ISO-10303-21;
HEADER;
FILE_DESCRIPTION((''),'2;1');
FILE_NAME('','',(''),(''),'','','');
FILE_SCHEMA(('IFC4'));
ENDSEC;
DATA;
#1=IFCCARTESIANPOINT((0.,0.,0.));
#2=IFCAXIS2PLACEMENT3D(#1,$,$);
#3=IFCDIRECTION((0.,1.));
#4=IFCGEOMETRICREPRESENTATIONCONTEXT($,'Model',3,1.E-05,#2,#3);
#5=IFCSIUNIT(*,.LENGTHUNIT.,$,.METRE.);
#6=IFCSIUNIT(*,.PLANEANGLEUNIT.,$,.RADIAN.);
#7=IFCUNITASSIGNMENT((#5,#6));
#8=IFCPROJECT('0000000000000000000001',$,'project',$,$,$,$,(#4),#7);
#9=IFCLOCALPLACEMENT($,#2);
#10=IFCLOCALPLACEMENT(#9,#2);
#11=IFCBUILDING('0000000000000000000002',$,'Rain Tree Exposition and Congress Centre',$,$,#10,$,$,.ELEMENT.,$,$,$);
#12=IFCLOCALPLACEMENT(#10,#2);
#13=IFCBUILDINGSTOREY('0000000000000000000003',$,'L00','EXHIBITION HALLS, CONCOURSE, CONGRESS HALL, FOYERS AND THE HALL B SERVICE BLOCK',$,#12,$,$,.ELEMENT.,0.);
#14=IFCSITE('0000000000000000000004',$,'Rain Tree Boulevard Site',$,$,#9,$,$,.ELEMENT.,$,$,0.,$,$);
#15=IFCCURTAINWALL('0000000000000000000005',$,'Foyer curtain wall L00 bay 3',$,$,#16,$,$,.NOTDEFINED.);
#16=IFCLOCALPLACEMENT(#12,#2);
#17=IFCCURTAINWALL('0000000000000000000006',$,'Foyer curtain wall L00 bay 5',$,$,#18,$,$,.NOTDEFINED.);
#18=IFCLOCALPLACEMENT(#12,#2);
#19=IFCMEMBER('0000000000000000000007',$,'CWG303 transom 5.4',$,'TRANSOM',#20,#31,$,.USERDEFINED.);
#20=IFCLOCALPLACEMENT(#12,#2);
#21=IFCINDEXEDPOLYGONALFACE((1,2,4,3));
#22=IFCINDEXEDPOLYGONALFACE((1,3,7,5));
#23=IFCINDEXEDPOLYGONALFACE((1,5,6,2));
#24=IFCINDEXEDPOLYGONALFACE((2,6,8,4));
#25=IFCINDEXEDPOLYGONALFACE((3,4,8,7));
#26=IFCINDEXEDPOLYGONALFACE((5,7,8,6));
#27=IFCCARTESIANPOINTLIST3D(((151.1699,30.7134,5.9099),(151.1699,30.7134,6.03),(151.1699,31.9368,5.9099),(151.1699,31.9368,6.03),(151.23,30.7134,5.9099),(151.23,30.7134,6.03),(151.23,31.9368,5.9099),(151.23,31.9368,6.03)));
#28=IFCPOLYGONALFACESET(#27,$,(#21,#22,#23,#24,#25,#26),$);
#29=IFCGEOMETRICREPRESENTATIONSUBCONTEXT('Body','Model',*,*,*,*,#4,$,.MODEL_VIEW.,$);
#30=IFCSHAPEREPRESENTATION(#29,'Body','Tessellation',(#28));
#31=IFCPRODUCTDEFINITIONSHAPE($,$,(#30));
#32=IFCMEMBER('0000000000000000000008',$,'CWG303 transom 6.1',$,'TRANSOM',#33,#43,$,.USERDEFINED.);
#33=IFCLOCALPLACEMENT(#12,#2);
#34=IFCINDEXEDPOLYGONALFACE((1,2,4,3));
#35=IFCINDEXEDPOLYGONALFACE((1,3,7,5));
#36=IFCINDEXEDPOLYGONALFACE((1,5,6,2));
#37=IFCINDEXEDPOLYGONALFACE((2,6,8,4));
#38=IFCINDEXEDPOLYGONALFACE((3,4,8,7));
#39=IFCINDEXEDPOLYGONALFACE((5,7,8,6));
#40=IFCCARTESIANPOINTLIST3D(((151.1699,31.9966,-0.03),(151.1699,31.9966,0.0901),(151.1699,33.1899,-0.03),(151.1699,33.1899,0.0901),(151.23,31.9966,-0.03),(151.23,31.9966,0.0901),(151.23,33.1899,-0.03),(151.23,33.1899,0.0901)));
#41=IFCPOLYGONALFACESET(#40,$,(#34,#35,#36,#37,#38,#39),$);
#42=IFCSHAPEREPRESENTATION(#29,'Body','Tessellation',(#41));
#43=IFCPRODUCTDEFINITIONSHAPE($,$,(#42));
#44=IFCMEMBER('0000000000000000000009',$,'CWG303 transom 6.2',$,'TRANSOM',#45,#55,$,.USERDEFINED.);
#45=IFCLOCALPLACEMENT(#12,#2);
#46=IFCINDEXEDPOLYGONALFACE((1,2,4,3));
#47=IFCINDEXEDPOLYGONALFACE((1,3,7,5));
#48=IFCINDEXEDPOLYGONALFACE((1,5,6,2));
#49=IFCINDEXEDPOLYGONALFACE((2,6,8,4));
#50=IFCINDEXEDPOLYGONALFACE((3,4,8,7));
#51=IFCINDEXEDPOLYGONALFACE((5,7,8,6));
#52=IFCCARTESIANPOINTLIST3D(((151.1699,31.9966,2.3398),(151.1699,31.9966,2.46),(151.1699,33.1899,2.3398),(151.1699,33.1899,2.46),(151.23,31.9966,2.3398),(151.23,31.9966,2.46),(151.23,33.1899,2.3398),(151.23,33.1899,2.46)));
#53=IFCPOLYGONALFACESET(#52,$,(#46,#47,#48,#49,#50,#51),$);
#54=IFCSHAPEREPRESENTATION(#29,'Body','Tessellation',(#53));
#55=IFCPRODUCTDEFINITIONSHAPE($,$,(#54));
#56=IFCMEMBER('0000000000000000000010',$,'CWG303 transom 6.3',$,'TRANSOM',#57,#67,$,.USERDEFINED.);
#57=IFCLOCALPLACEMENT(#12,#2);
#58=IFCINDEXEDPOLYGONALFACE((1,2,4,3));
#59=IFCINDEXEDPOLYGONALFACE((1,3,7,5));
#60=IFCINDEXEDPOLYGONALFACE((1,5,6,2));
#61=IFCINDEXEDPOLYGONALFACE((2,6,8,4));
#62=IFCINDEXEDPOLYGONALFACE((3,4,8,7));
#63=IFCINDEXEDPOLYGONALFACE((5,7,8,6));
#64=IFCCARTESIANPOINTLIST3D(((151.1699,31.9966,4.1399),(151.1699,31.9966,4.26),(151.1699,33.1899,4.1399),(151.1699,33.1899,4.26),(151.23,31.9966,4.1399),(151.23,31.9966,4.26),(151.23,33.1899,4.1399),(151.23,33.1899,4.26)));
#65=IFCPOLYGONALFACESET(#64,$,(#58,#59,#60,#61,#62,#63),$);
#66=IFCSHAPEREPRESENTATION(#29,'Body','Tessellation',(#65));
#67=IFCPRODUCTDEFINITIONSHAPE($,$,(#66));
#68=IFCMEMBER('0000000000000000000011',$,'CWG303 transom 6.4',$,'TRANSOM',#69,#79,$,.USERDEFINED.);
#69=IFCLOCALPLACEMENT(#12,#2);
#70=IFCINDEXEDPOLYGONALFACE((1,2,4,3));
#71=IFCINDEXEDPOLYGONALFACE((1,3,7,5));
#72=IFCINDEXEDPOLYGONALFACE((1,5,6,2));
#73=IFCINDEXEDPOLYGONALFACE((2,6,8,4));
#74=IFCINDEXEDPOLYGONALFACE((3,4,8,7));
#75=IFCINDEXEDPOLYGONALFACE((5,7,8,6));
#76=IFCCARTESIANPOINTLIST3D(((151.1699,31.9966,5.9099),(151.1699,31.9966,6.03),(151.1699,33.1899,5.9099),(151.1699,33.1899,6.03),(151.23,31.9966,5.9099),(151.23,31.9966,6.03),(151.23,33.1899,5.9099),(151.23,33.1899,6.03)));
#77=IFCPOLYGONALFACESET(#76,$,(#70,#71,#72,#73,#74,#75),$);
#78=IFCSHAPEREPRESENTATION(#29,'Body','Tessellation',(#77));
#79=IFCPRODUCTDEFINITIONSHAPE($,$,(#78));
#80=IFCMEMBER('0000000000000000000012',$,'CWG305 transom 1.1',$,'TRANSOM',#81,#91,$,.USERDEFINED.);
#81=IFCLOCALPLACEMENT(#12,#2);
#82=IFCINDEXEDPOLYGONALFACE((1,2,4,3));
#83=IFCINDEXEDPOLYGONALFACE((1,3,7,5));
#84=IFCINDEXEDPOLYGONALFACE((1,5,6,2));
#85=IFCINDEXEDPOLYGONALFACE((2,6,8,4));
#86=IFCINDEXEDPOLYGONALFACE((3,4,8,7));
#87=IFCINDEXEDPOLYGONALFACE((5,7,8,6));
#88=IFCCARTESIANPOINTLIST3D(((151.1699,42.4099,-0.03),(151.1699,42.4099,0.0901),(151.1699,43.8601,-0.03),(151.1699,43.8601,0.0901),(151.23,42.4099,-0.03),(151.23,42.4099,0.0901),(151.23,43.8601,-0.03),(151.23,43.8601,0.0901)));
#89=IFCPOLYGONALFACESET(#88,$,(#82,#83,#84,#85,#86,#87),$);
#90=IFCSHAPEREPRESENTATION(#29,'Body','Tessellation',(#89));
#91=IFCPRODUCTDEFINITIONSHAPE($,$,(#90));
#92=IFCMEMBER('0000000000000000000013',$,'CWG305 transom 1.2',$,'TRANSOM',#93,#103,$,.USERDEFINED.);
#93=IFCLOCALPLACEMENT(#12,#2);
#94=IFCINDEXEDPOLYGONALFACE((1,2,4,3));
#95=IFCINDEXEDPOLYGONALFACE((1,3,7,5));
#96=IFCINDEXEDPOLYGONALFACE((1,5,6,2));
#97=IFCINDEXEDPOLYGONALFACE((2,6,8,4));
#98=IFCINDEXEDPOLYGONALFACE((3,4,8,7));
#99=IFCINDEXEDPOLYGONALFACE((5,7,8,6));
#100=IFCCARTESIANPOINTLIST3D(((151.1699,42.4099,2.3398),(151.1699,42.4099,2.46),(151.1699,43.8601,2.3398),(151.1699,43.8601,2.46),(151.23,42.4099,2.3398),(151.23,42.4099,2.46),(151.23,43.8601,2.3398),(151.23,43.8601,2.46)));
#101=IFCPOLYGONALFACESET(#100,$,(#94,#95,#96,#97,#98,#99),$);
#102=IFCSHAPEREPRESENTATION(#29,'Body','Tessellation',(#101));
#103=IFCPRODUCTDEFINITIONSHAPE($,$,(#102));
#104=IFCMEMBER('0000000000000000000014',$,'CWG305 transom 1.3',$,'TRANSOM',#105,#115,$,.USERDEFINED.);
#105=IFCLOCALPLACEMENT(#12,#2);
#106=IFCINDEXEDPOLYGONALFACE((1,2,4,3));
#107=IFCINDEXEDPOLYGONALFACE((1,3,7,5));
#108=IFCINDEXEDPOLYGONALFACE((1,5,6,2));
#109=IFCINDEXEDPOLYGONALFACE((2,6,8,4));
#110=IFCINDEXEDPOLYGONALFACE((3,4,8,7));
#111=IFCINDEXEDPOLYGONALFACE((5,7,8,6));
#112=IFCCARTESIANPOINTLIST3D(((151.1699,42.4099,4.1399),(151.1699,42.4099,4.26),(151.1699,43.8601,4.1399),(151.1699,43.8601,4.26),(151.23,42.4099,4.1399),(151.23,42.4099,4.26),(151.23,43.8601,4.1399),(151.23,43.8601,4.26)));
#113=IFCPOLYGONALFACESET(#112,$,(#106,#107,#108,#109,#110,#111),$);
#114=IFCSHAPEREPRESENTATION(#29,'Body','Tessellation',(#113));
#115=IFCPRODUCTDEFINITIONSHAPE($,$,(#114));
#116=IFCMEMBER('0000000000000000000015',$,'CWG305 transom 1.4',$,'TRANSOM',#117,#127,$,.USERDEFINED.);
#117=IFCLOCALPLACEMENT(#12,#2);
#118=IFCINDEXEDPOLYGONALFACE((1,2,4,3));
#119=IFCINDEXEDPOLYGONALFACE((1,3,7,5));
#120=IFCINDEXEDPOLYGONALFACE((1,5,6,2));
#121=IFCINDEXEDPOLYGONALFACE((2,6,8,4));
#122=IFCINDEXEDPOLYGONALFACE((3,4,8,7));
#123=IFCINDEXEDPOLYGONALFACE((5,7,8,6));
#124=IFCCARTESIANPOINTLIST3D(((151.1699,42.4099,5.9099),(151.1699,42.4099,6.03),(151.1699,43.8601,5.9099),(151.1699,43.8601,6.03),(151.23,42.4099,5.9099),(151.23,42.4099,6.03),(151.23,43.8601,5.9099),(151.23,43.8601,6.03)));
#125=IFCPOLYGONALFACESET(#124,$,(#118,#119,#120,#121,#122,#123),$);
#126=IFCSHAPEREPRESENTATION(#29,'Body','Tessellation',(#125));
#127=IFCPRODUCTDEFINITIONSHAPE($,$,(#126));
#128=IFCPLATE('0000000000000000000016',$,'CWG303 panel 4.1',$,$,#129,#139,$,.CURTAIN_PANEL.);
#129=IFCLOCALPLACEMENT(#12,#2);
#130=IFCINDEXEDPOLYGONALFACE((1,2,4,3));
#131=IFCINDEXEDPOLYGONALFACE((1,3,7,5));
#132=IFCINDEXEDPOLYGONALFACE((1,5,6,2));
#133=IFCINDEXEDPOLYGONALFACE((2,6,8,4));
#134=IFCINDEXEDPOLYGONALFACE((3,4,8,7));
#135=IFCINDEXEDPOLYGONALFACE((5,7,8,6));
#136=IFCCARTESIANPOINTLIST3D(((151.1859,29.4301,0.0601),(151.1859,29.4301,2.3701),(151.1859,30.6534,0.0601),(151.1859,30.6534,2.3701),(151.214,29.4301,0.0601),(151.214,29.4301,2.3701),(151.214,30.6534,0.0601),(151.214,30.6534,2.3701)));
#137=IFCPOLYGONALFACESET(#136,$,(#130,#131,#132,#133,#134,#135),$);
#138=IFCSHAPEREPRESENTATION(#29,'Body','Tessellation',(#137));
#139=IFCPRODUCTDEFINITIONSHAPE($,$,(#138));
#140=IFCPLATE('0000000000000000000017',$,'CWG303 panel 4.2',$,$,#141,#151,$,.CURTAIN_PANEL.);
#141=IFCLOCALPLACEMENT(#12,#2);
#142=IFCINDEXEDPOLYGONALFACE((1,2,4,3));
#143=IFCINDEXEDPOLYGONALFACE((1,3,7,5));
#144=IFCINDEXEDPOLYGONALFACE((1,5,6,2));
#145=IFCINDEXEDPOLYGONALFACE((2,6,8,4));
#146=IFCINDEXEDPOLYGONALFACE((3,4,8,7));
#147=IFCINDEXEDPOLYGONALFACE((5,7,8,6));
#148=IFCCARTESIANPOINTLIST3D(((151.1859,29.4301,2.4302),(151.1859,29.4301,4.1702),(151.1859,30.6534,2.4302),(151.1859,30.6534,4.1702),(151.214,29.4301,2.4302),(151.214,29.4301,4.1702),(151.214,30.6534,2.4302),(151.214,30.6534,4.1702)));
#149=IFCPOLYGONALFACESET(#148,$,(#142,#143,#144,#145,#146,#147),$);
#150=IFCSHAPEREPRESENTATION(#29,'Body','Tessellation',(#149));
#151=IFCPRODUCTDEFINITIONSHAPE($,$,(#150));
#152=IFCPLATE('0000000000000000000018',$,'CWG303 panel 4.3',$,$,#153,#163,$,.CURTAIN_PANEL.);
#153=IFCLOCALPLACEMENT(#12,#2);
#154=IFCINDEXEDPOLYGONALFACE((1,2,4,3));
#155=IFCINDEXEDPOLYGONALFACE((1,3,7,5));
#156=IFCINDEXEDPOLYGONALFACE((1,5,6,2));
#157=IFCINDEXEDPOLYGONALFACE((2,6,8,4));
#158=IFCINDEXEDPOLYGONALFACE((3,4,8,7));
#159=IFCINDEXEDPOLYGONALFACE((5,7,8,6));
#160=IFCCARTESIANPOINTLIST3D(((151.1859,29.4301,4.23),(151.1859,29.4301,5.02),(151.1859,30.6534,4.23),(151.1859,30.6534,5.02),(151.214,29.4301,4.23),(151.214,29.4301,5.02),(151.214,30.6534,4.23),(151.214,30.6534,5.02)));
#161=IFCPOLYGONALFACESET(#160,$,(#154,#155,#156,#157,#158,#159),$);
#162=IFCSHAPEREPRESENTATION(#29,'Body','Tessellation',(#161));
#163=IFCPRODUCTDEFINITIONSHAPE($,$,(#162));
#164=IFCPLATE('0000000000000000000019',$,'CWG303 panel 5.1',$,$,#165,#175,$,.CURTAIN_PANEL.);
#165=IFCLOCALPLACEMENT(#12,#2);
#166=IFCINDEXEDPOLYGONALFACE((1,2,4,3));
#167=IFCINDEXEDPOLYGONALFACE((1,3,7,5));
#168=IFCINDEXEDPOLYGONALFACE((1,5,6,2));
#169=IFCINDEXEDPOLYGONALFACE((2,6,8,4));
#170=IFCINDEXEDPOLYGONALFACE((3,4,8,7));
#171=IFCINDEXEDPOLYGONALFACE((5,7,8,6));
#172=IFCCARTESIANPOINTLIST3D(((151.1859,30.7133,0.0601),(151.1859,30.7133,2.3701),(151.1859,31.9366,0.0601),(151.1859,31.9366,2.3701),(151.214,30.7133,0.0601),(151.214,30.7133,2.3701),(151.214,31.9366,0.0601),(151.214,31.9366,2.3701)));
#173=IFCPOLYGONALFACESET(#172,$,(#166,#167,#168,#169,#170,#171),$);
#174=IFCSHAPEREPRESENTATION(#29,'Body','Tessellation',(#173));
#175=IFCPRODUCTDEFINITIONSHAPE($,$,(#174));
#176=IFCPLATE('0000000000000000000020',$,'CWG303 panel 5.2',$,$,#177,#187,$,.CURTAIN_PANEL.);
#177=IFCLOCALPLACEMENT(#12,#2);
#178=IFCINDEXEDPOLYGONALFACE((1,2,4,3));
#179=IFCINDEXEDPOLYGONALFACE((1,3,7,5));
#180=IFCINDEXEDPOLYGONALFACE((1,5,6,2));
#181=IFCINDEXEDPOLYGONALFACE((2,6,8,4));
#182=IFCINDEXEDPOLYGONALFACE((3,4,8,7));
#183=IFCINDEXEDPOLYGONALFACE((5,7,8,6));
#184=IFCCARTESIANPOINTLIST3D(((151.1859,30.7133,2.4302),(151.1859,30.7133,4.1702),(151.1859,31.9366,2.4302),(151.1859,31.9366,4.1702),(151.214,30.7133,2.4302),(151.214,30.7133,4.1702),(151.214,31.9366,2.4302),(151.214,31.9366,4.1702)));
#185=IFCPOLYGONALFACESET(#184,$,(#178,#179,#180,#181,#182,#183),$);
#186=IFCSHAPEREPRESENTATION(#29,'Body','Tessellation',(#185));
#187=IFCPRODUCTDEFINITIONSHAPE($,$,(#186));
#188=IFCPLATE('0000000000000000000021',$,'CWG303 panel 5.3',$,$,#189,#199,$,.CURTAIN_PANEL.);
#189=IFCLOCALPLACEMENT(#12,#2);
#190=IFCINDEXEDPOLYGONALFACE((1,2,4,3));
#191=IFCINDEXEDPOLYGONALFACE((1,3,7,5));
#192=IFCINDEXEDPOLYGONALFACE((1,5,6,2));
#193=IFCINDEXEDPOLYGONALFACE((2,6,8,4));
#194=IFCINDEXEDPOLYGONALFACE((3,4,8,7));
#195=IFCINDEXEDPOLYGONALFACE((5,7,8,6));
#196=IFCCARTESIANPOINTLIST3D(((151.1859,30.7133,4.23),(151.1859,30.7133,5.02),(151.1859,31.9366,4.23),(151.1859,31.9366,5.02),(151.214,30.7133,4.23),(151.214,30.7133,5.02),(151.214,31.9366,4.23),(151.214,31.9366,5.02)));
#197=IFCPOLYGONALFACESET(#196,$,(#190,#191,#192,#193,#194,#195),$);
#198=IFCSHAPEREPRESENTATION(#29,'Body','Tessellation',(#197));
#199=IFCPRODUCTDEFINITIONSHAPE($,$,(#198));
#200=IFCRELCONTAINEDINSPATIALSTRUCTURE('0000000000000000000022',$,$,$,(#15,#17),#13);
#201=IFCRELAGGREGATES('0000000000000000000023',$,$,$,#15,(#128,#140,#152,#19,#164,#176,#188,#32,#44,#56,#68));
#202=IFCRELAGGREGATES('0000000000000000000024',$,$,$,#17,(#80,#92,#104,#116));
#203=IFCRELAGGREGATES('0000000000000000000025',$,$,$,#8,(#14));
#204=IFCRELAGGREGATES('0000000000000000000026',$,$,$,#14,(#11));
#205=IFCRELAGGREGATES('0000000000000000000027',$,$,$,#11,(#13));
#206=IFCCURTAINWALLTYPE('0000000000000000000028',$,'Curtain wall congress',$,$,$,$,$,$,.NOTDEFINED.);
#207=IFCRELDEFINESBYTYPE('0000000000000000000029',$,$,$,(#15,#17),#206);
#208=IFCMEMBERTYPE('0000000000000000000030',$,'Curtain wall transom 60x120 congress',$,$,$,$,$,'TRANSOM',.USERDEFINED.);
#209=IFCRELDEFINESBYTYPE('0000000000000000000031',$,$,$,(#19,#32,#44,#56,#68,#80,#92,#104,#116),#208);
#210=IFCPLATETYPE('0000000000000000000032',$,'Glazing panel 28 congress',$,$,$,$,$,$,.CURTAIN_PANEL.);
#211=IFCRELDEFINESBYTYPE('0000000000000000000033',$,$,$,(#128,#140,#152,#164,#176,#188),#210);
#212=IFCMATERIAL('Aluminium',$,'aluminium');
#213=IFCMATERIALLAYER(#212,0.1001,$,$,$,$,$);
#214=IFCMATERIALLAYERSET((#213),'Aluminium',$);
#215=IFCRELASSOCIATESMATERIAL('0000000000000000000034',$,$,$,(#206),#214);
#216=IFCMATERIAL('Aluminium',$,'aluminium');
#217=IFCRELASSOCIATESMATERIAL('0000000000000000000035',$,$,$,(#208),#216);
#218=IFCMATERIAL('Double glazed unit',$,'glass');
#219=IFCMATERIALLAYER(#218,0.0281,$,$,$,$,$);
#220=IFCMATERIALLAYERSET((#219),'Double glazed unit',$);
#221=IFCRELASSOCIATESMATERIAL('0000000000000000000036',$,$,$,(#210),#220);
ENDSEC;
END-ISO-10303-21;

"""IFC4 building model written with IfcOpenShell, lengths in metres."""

from ifc_helpers import new_model, si_unit, direction, frame, origin, origin_2d, place, context, subcontext, project, spatial, rectangle, extrude, material, layer, layer_set, material_profile, profile_set, type_object, element, aggregate, save


model = new_model("IFC4")

# Units and contexts
model_context = context("Model", 3, precision=1e-05, world=origin(), true_north=direction((0.0, 1.0)))
body_context = subcontext(model_context, "Body", "Model", "MODEL_VIEW")
ifc_project = project(units=[si_unit("LENGTHUNIT", "METRE"), si_unit("PLANEANGLEUNIT", "RADIAN")], contexts=[model_context])

# Site, building, storey
site_placement = place(None, origin())
site = spatial("IfcSite", under=ifc_project, at=site_placement, Name="Rain Tree Boulevard Site", CompositionType="ELEMENT", RefElevation=0.0)
building_placement = place(site_placement, origin())
building = spatial("IfcBuilding", under=site, at=building_placement, Name="Rain Tree Exposition and Congress Centre", CompositionType="ELEMENT")
storey_placement = place(building_placement, origin())
storey = spatial("IfcBuildingStorey", under=building, at=storey_placement, Name="L00", Description="EXHIBITION HALLS, CONCOURSE, CONGRESS HALL, FOYERS AND THE HALL B SERVICE BLOCK", CompositionType="ELEMENT", Elevation=0.0)

# Curtain wall
ifc_material_1 = material(Name="Aluminium", Category="aluminium")
ifc_layer_1 = layer(ifc_material_1, 0.1001)
ifc_layer_set_1 = layer_set([ifc_layer_1], Name="Aluminium")
curtain_wall_type = type_object("IfcCurtainWallType", Name="Curtain wall congress", PredefinedType="NOTDEFINED", material=ifc_layer_set_1)
curtain_wall_1_placement = place(storey_placement, origin())
curtain_wall_1 = element("IfcCurtainWall", 1, at=curtain_wall_1_placement, inside=storey, type_object=curtain_wall_type, Name="Foyer curtain wall L00 bay 3", PredefinedType="NOTDEFINED")

# Curtain wall
curtain_wall_2_placement = place(storey_placement, origin())
curtain_wall_2 = element("IfcCurtainWall", 2, at=curtain_wall_2_placement, inside=storey, type_object=curtain_wall_type, Name="Foyer curtain wall L00 bay 5", PredefinedType="NOTDEFINED")

# Members
ifc_material_2 = material(Name="Aluminium", Category="aluminium")
ifc_material_profile_1 = material_profile(ifc_material_2, rectangle(XDim=0.0601, YDim=0.1201, at=origin_2d()), Name="AL 60x120")
ifc_profile_set_1 = profile_set([ifc_material_profile_1], Name="Aluminium")
member_type_1 = type_object("IfcMemberType", Name="Curtain wall transom 60x120 congress", ElementType="TRANSOM", PredefinedType="USERDEFINED", material=ifc_profile_set_1)
member_1_placement = place(storey_placement, frame((151.2, 30.7134, 5.97), z_axis=(0.0, 1.0, 0.0), x_axis=(-1.0, 0.0, 0.0)))
member_1 = element("IfcMember", 3, at=member_1_placement, type_object=member_type_1, Name="CWG303 transom 5.4", ObjectType="TRANSOM", PredefinedType="USERDEFINED", context=body_context, shape_type="SweptSolid", body=[
    extrude(rectangle(XDim=0.0601, YDim=0.1201, at=origin_2d()), origin(), (0.0, 0.0, 1.0), 1.2234),
])
member_2_placement = place(storey_placement, frame((151.2, 31.9966, 0.03), z_axis=(0.0, 1.0, 0.0), x_axis=(-1.0, 0.0, 0.0)))
member_2 = element("IfcMember", 4, at=member_2_placement, type_object=member_type_1, Name="CWG303 transom 6.1", ObjectType="TRANSOM", PredefinedType="USERDEFINED", context=body_context, shape_type="SweptSolid", body=[
    extrude(rectangle(XDim=0.0601, YDim=0.1201, at=origin_2d()), origin(), (0.0, 0.0, 1.0), 1.1934),
])
member_3_placement = place(storey_placement, frame((151.2, 31.9966, 2.3999), z_axis=(0.0, 1.0, 0.0), x_axis=(-1.0, 0.0, 0.0)))
member_3 = element("IfcMember", 5, at=member_3_placement, type_object=member_type_1, Name="CWG303 transom 6.2", ObjectType="TRANSOM", PredefinedType="USERDEFINED", context=body_context, shape_type="SweptSolid", body=[
    extrude(rectangle(XDim=0.0601, YDim=0.1201, at=origin_2d()), origin(), (0.0, 0.0, 1.0), 1.1934),
])
member_4_placement = place(storey_placement, frame((151.2, 31.9966, 4.2), z_axis=(0.0, 1.0, 0.0), x_axis=(-1.0, 0.0, 0.0)))
member_4 = element("IfcMember", 6, at=member_4_placement, type_object=member_type_1, Name="CWG303 transom 6.3", ObjectType="TRANSOM", PredefinedType="USERDEFINED", context=body_context, shape_type="SweptSolid", body=[
    extrude(rectangle(XDim=0.0601, YDim=0.1201, at=origin_2d()), origin(), (0.0, 0.0, 1.0), 1.1934),
])
member_5_placement = place(storey_placement, frame((151.2, 31.9966, 5.97), z_axis=(0.0, 1.0, 0.0), x_axis=(-1.0, 0.0, 0.0)))
member_5 = element("IfcMember", 7, at=member_5_placement, type_object=member_type_1, Name="CWG303 transom 6.4", ObjectType="TRANSOM", PredefinedType="USERDEFINED", context=body_context, shape_type="SweptSolid", body=[
    extrude(rectangle(XDim=0.0601, YDim=0.1201, at=origin_2d()), origin(), (0.0, 0.0, 1.0), 1.1934),
])
member_6_placement = place(storey_placement, frame((151.2, 42.4099, 0.03), z_axis=(0.0, 1.0, 0.0), x_axis=(-1.0, 0.0, 0.0)))
member_6 = element("IfcMember", 8, at=member_6_placement, type_object=member_type_1, Name="CWG305 transom 1.1", ObjectType="TRANSOM", PredefinedType="USERDEFINED", context=body_context, shape_type="SweptSolid", body=[
    extrude(rectangle(XDim=0.0601, YDim=0.1201, at=origin_2d()), origin(), (0.0, 0.0, 1.0), 1.4502),
])
member_7_placement = place(storey_placement, frame((151.2, 42.4099, 2.3999), z_axis=(0.0, 1.0, 0.0), x_axis=(-1.0, 0.0, 0.0)))
member_7 = element("IfcMember", 9, at=member_7_placement, type_object=member_type_1, Name="CWG305 transom 1.2", ObjectType="TRANSOM", PredefinedType="USERDEFINED", context=body_context, shape_type="SweptSolid", body=[
    extrude(rectangle(XDim=0.0601, YDim=0.1201, at=origin_2d()), origin(), (0.0, 0.0, 1.0), 1.4502),
])
member_8_placement = place(storey_placement, frame((151.2, 42.4099, 4.2), z_axis=(0.0, 1.0, 0.0), x_axis=(-1.0, 0.0, 0.0)))
member_8 = element("IfcMember", 10, at=member_8_placement, type_object=member_type_1, Name="CWG305 transom 1.3", ObjectType="TRANSOM", PredefinedType="USERDEFINED", context=body_context, shape_type="SweptSolid", body=[
    extrude(rectangle(XDim=0.0601, YDim=0.1201, at=origin_2d()), origin(), (0.0, 0.0, 1.0), 1.4502),
])
member_9_placement = place(storey_placement, frame((151.2, 42.4099, 5.97), z_axis=(0.0, 1.0, 0.0), x_axis=(-1.0, 0.0, 0.0)))
member_9 = element("IfcMember", 11, at=member_9_placement, type_object=member_type_1, Name="CWG305 transom 1.4", ObjectType="TRANSOM", PredefinedType="USERDEFINED", context=body_context, shape_type="SweptSolid", body=[
    extrude(rectangle(XDim=0.0601, YDim=0.1201, at=origin_2d()), origin(), (0.0, 0.0, 1.0), 1.4502),
])

# Plates
ifc_material_3 = material(Name="Double glazed unit", Category="glass")
ifc_layer_2 = layer(ifc_material_3, 0.0281)
ifc_layer_set_2 = layer_set([ifc_layer_2], Name="Double glazed unit")
plate_type = type_object("IfcPlateType", Name="Glazing panel 28 congress", PredefinedType="CURTAIN_PANEL", material=ifc_layer_set_2)
plate_1_placement = place(storey_placement, frame((151.2, 30.0417, 0.0601), z_axis=(0.0, 0.0, 1.0), x_axis=(0.0, 1.0, 0.0)))
plate_1 = element("IfcPlate", 12, at=plate_1_placement, type_object=plate_type, Name="CWG303 panel 4.1", PredefinedType="CURTAIN_PANEL", context=body_context, shape_type="SweptSolid", body=[
    extrude(rectangle(XDim=1.2234, YDim=0.0281, at=origin_2d()), origin(), (0.0, 0.0, 1.0), 2.3101),
])
plate_2_placement = place(storey_placement, frame((151.2, 30.0417, 2.4302), z_axis=(0.0, 0.0, 1.0), x_axis=(0.0, 1.0, 0.0)))
plate_2 = element("IfcPlate", 13, at=plate_2_placement, type_object=plate_type, Name="CWG303 panel 4.2", PredefinedType="CURTAIN_PANEL", context=body_context, shape_type="SweptSolid", body=[
    extrude(rectangle(XDim=1.2234, YDim=0.0281, at=origin_2d()), origin(), (0.0, 0.0, 1.0), 1.74),
])
plate_3_placement = place(storey_placement, frame((151.2, 30.0417, 4.23), z_axis=(0.0, 0.0, 1.0), x_axis=(0.0, 1.0, 0.0)))
plate_3 = element("IfcPlate", 14, at=plate_3_placement, type_object=plate_type, Name="CWG303 panel 4.3", PredefinedType="CURTAIN_PANEL", context=body_context, shape_type="SweptSolid", body=[
    extrude(rectangle(XDim=1.2234, YDim=0.0281, at=origin_2d()), origin(), (0.0, 0.0, 1.0), 0.79),
])
plate_4_placement = place(storey_placement, frame((151.2, 31.325, 0.0601), z_axis=(0.0, 0.0, 1.0), x_axis=(0.0, 1.0, 0.0)))
plate_4 = element("IfcPlate", 15, at=plate_4_placement, type_object=plate_type, Name="CWG303 panel 5.1", PredefinedType="CURTAIN_PANEL", context=body_context, shape_type="SweptSolid", body=[
    extrude(rectangle(XDim=1.2234, YDim=0.0281, at=origin_2d()), origin(), (0.0, 0.0, 1.0), 2.3101),
])
plate_5_placement = place(storey_placement, frame((151.2, 31.325, 2.4302), z_axis=(0.0, 0.0, 1.0), x_axis=(0.0, 1.0, 0.0)))
plate_5 = element("IfcPlate", 16, at=plate_5_placement, type_object=plate_type, Name="CWG303 panel 5.2", PredefinedType="CURTAIN_PANEL", context=body_context, shape_type="SweptSolid", body=[
    extrude(rectangle(XDim=1.2234, YDim=0.0281, at=origin_2d()), origin(), (0.0, 0.0, 1.0), 1.74),
])
plate_6_placement = place(storey_placement, frame((151.2, 31.325, 4.23), z_axis=(0.0, 0.0, 1.0), x_axis=(0.0, 1.0, 0.0)))
plate_6 = element("IfcPlate", 17, at=plate_6_placement, type_object=plate_type, Name="CWG303 panel 5.3", PredefinedType="CURTAIN_PANEL", context=body_context, shape_type="SweptSolid", body=[
    extrude(rectangle(XDim=1.2234, YDim=0.0281, at=origin_2d()), origin(), (0.0, 0.0, 1.0), 0.79),
])
aggregate(curtain_wall_1, [plate_1, plate_2, plate_3, member_1, plate_4, plate_5, plate_6, member_2, member_3, member_4, member_5])
aggregate(curtain_wall_2, [member_6, member_7, member_8, member_9])

save(model, "model.ifc")
